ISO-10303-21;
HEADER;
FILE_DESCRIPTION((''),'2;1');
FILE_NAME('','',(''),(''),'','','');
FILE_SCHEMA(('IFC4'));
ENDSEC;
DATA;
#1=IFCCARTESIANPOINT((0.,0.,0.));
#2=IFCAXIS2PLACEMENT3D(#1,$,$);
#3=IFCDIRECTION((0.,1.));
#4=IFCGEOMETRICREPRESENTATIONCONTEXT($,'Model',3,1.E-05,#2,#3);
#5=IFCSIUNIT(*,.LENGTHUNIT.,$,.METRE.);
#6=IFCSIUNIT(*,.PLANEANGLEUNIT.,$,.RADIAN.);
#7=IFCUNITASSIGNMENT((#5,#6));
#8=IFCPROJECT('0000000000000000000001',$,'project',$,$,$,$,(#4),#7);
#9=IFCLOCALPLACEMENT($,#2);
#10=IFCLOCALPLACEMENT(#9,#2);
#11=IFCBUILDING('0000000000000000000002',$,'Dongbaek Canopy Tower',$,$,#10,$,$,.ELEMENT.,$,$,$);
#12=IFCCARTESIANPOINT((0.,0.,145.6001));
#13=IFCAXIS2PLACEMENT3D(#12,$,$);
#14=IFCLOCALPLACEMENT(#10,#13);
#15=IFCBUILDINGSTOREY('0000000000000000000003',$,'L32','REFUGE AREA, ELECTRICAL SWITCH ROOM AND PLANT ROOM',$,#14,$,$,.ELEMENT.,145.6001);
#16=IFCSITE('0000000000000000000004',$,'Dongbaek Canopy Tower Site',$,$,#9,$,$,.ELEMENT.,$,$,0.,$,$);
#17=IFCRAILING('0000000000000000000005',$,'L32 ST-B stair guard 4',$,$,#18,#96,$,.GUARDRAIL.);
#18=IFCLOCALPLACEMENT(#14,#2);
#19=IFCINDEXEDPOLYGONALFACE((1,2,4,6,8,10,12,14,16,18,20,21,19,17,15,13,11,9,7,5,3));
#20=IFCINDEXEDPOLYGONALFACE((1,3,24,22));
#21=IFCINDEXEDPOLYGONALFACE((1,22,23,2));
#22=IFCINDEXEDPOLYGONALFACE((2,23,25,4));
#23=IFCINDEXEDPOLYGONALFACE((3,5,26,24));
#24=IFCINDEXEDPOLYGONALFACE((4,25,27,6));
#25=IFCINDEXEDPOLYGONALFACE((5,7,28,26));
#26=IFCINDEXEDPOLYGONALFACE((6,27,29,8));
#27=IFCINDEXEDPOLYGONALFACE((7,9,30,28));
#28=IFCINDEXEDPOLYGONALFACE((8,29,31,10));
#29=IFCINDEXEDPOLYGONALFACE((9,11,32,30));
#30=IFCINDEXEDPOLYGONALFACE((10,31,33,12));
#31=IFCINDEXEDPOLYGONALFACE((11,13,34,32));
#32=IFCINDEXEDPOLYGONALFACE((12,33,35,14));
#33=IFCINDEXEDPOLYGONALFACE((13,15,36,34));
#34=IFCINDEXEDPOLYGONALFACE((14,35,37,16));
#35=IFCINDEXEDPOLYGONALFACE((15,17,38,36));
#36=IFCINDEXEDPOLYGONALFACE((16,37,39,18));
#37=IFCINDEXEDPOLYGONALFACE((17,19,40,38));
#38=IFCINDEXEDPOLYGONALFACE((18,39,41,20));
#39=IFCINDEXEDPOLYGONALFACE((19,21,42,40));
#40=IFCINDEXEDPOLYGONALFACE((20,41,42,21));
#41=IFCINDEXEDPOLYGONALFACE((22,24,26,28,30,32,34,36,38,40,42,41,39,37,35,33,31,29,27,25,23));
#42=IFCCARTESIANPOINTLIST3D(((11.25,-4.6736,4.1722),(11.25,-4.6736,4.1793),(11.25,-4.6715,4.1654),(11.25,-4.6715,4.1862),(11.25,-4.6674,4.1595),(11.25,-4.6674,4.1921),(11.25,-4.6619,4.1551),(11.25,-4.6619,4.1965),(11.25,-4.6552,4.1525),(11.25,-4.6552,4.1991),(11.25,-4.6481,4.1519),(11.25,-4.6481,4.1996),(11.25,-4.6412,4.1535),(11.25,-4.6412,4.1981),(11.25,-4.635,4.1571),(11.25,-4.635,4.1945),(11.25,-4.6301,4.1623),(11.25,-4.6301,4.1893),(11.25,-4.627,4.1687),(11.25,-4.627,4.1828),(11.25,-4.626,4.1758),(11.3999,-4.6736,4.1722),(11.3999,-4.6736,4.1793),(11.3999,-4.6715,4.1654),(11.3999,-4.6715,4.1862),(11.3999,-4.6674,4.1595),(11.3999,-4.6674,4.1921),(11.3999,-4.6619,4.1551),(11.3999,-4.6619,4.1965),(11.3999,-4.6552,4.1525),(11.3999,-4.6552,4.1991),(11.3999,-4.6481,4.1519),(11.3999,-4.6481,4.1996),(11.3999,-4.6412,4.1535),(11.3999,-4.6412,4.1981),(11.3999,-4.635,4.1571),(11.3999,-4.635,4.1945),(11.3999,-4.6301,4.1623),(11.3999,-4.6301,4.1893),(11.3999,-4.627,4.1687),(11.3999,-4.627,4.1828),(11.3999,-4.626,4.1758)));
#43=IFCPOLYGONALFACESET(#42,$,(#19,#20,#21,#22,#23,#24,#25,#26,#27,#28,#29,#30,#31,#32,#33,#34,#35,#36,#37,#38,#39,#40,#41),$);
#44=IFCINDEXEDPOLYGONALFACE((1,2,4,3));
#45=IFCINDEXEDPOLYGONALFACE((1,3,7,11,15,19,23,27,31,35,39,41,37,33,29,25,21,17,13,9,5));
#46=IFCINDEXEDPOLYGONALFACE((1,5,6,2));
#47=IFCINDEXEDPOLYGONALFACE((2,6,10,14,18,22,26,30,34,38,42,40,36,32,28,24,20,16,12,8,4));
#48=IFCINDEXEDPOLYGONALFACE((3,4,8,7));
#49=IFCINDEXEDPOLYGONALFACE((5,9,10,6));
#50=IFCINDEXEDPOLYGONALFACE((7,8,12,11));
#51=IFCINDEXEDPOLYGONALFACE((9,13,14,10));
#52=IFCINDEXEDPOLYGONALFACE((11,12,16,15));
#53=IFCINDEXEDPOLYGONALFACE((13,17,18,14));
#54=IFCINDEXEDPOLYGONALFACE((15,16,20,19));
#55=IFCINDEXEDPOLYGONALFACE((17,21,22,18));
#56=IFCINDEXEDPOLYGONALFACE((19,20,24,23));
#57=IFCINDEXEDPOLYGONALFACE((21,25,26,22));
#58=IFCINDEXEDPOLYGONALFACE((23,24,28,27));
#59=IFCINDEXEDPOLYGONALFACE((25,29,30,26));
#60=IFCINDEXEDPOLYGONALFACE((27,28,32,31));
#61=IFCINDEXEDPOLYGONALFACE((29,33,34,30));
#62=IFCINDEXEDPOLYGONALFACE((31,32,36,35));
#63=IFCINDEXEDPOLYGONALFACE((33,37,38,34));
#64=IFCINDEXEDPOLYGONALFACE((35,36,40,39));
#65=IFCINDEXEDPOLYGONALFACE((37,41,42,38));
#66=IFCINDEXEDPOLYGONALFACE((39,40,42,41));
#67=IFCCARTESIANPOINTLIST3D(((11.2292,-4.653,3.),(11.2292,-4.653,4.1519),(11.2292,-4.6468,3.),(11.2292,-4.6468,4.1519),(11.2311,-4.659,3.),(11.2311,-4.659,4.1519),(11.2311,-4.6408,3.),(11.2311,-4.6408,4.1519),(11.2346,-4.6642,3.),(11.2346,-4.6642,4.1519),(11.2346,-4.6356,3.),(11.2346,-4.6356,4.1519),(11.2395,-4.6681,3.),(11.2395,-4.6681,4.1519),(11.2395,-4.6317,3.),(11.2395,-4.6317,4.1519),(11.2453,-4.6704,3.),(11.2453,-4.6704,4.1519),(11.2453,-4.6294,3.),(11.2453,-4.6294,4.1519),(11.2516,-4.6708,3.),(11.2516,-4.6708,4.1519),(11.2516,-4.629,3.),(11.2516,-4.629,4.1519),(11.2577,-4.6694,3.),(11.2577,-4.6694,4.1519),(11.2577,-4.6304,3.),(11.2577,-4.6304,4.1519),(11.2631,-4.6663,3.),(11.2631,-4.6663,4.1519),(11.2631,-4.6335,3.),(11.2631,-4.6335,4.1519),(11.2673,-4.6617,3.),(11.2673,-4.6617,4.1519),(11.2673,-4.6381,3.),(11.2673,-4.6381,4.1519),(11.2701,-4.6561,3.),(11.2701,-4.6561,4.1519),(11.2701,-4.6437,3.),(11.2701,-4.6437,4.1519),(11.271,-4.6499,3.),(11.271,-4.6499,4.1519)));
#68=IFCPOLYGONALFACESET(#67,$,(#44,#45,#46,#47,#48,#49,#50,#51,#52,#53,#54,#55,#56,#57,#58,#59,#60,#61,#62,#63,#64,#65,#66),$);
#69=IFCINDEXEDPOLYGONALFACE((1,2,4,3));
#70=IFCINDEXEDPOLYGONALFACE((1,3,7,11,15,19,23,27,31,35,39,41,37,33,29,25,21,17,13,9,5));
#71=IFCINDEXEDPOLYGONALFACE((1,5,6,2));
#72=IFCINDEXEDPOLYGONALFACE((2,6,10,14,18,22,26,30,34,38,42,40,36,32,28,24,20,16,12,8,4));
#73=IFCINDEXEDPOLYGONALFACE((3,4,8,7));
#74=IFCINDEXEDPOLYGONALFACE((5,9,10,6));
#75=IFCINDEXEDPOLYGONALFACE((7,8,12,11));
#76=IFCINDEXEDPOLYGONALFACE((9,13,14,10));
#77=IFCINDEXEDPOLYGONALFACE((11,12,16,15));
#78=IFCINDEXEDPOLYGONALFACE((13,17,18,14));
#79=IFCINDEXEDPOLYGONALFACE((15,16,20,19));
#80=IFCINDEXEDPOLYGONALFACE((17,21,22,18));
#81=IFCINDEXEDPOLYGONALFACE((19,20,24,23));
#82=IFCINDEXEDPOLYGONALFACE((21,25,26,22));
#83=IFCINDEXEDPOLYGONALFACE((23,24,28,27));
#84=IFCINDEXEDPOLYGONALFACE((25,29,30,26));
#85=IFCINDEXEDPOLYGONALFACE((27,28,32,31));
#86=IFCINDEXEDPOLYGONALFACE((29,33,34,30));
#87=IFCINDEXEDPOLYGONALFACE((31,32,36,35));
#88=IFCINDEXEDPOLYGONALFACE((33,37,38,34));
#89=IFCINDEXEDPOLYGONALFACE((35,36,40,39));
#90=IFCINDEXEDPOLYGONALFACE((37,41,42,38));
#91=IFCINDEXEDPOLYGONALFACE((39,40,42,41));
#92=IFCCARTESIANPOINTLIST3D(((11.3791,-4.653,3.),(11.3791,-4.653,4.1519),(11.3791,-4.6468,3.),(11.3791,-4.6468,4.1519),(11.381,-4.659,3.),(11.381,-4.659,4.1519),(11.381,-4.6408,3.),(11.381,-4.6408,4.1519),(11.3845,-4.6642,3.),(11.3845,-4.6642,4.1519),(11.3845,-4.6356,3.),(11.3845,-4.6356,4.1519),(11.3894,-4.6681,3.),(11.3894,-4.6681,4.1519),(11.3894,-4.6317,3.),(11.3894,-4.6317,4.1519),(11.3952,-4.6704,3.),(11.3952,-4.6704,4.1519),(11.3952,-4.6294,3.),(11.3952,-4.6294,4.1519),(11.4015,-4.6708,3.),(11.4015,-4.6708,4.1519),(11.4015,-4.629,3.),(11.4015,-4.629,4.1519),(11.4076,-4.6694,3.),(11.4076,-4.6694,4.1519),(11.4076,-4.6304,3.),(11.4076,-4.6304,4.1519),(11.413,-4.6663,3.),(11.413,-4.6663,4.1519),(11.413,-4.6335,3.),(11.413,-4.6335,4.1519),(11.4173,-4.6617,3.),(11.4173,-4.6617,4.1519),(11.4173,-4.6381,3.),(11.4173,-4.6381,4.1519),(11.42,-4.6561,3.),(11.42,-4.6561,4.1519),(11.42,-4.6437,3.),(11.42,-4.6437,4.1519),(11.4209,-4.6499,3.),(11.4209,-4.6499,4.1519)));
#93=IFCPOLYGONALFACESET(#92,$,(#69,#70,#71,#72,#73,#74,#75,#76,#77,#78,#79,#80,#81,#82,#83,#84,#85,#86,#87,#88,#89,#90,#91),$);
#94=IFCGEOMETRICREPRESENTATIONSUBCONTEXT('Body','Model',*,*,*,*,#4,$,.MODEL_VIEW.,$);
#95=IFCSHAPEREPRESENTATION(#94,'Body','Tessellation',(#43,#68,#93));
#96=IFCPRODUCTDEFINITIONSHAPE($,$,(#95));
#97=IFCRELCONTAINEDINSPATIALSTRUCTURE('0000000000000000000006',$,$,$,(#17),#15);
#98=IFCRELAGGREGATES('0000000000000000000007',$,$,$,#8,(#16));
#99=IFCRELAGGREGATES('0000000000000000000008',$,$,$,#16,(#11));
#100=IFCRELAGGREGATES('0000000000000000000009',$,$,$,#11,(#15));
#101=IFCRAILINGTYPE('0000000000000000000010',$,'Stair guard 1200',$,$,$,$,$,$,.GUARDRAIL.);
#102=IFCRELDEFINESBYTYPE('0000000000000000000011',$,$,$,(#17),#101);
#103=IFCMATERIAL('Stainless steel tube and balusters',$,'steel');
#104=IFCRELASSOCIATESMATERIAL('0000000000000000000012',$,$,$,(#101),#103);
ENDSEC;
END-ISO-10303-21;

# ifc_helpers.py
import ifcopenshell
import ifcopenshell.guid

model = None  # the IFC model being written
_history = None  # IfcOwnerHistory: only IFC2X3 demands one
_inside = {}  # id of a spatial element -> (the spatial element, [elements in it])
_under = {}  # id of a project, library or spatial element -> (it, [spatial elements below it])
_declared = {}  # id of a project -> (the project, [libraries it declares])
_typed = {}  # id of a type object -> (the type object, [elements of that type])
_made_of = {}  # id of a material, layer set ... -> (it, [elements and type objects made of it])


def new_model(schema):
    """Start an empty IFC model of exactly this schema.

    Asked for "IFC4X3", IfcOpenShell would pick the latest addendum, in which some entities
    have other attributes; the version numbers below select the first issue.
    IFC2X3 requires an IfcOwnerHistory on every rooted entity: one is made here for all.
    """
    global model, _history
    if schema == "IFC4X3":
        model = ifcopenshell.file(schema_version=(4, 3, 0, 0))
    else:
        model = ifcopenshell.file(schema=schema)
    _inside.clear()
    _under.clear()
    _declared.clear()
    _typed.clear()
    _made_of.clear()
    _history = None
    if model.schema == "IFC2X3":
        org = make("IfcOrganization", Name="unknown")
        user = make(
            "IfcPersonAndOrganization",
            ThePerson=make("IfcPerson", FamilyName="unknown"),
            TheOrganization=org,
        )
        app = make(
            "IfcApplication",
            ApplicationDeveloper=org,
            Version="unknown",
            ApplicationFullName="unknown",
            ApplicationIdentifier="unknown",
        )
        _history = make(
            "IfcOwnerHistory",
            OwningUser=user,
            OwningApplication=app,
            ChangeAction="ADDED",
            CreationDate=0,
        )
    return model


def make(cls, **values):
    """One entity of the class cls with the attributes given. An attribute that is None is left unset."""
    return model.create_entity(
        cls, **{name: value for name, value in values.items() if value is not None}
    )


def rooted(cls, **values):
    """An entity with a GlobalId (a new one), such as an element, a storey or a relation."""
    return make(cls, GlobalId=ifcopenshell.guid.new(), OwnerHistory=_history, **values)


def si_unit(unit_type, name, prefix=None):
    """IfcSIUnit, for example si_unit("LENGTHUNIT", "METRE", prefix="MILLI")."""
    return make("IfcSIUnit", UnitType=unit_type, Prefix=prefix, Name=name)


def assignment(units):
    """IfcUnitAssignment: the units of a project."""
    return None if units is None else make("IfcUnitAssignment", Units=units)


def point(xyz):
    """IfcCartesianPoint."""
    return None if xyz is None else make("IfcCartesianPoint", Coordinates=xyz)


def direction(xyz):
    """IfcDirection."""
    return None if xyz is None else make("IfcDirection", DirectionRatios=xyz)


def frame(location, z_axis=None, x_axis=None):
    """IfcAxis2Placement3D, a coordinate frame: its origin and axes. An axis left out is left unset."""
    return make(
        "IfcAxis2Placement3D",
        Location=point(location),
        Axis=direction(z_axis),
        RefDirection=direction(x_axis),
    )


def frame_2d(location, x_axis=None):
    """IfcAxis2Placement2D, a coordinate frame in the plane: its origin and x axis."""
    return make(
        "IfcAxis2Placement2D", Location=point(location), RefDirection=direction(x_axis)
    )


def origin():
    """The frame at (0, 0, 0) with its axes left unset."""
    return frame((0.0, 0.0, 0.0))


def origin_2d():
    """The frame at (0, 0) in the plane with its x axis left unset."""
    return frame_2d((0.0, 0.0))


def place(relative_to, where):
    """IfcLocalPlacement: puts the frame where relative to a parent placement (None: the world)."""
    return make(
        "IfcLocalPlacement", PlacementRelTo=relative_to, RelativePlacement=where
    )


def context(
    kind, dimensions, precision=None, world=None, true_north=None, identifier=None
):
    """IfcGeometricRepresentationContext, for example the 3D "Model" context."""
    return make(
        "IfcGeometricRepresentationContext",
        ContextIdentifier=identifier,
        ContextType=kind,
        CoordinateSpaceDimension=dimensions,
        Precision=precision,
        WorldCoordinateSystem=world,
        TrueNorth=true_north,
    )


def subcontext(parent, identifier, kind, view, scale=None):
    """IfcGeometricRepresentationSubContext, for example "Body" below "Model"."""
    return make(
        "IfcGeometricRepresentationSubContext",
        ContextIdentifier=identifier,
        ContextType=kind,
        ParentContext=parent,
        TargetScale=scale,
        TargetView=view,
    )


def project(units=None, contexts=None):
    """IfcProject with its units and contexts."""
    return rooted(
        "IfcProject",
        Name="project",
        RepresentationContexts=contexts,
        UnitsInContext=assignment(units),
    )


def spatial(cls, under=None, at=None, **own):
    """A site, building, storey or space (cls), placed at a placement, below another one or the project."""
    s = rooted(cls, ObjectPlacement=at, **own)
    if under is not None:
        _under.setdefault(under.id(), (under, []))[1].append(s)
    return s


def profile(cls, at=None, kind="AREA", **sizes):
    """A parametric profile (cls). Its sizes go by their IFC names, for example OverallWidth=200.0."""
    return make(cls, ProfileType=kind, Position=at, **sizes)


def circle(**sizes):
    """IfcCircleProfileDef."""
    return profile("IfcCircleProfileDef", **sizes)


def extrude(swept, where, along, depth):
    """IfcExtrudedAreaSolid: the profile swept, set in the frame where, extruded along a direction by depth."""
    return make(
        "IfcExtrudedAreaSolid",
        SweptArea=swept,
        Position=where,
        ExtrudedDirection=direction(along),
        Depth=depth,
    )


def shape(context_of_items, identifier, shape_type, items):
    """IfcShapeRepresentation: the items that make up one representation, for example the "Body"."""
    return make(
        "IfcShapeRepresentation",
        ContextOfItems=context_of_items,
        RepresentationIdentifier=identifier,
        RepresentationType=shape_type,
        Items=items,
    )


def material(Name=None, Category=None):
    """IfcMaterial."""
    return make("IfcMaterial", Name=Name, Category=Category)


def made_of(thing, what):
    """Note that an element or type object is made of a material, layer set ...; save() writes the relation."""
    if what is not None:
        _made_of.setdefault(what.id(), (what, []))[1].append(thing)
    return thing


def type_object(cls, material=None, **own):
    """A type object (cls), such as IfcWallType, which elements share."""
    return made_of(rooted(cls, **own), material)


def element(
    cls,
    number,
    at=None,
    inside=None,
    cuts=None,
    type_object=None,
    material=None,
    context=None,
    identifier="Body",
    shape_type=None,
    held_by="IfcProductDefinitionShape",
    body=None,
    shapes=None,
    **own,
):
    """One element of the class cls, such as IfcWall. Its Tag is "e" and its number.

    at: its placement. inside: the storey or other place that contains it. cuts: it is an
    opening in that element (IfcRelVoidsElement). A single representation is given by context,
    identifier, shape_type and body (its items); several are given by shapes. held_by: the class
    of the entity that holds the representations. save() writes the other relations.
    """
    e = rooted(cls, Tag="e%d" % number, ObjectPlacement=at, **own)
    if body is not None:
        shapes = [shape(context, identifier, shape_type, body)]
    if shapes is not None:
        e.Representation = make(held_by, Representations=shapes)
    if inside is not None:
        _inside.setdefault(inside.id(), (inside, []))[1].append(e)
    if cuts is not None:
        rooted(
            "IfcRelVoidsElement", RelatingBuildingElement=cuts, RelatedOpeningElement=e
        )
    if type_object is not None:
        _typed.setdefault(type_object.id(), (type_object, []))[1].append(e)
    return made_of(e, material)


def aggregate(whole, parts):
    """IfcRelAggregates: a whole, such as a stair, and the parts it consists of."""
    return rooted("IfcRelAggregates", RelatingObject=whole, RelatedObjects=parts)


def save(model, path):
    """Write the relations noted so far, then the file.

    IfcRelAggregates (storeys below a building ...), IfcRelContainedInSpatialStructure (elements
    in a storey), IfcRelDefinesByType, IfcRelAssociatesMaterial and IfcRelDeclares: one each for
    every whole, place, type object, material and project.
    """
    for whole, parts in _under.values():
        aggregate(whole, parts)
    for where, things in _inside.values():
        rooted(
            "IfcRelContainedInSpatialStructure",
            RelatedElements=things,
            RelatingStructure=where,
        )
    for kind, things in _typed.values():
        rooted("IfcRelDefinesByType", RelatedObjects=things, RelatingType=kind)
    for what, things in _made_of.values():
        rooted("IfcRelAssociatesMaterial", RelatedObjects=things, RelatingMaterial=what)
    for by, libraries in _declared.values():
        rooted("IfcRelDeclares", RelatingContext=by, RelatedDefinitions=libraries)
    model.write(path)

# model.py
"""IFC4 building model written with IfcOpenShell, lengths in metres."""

from ifc_helpers import new_model, si_unit, direction, frame, origin, origin_2d, place, context, subcontext, project, spatial, circle, extrude, material, type_object, element, save


model = new_model("IFC4")

# Units and contexts
model_context = context("Model", 3, precision=1e-05, world=origin(), true_north=direction((0.0, 1.0)))
body_context = subcontext(model_context, "Body", "Model", "MODEL_VIEW")
ifc_project = project(units=[si_unit("LENGTHUNIT", "METRE"), si_unit("PLANEANGLEUNIT", "RADIAN")], contexts=[model_context])

# Site, building, storey
site_placement = place(None, origin())
site = spatial("IfcSite", under=ifc_project, at=site_placement, Name="Dongbaek Canopy Tower Site", CompositionType="ELEMENT", RefElevation=0.0)
building_placement = place(site_placement, origin())
building = spatial("IfcBuilding", under=site, at=building_placement, Name="Dongbaek Canopy Tower", CompositionType="ELEMENT")
storey_placement = place(building_placement, frame((0.0, 0.0, 145.6001)))
storey = spatial("IfcBuildingStorey", under=building, at=storey_placement, Name="L32", Description="REFUGE AREA, ELECTRICAL SWITCH ROOM AND PLANT ROOM", CompositionType="ELEMENT", Elevation=145.6001)

# Railing
ifc_material_1 = material(Name="Stainless steel tube and balusters", Category="steel")
railing_type_1 = type_object("IfcRailingType", Name="Stair guard 1200", PredefinedType="GUARDRAIL", material=ifc_material_1)
railing_1_placement = place(storey_placement, frame((11.25, -4.6499, 3.0)))
element("IfcRailing", 1, at=railing_1_placement, inside=storey, type_object=railing_type_1, Name="L32 ST-B stair guard 4", PredefinedType="GUARDRAIL", context=body_context, shape_type="SweptSolid", body=[
    extrude(circle(Radius=0.0239, at=origin_2d()), frame((0.0, 0.0, 1.1758), z_axis=(1.0, 0.0, 0.0), x_axis=(0.0, 1.0, 0.0)), (0.0, 0.0, 1.0), 0.1499),
    extrude(circle(Radius=0.021, at=origin_2d()), origin(), (0.0, 0.0, 1.0), 1.1519),
    extrude(circle(Radius=0.021, at=origin_2d()), frame((0.1499, 0.0, 0.0)), (0.0, 0.0, 1.0), 1.1519),
])

save(model, "model.ifc")
